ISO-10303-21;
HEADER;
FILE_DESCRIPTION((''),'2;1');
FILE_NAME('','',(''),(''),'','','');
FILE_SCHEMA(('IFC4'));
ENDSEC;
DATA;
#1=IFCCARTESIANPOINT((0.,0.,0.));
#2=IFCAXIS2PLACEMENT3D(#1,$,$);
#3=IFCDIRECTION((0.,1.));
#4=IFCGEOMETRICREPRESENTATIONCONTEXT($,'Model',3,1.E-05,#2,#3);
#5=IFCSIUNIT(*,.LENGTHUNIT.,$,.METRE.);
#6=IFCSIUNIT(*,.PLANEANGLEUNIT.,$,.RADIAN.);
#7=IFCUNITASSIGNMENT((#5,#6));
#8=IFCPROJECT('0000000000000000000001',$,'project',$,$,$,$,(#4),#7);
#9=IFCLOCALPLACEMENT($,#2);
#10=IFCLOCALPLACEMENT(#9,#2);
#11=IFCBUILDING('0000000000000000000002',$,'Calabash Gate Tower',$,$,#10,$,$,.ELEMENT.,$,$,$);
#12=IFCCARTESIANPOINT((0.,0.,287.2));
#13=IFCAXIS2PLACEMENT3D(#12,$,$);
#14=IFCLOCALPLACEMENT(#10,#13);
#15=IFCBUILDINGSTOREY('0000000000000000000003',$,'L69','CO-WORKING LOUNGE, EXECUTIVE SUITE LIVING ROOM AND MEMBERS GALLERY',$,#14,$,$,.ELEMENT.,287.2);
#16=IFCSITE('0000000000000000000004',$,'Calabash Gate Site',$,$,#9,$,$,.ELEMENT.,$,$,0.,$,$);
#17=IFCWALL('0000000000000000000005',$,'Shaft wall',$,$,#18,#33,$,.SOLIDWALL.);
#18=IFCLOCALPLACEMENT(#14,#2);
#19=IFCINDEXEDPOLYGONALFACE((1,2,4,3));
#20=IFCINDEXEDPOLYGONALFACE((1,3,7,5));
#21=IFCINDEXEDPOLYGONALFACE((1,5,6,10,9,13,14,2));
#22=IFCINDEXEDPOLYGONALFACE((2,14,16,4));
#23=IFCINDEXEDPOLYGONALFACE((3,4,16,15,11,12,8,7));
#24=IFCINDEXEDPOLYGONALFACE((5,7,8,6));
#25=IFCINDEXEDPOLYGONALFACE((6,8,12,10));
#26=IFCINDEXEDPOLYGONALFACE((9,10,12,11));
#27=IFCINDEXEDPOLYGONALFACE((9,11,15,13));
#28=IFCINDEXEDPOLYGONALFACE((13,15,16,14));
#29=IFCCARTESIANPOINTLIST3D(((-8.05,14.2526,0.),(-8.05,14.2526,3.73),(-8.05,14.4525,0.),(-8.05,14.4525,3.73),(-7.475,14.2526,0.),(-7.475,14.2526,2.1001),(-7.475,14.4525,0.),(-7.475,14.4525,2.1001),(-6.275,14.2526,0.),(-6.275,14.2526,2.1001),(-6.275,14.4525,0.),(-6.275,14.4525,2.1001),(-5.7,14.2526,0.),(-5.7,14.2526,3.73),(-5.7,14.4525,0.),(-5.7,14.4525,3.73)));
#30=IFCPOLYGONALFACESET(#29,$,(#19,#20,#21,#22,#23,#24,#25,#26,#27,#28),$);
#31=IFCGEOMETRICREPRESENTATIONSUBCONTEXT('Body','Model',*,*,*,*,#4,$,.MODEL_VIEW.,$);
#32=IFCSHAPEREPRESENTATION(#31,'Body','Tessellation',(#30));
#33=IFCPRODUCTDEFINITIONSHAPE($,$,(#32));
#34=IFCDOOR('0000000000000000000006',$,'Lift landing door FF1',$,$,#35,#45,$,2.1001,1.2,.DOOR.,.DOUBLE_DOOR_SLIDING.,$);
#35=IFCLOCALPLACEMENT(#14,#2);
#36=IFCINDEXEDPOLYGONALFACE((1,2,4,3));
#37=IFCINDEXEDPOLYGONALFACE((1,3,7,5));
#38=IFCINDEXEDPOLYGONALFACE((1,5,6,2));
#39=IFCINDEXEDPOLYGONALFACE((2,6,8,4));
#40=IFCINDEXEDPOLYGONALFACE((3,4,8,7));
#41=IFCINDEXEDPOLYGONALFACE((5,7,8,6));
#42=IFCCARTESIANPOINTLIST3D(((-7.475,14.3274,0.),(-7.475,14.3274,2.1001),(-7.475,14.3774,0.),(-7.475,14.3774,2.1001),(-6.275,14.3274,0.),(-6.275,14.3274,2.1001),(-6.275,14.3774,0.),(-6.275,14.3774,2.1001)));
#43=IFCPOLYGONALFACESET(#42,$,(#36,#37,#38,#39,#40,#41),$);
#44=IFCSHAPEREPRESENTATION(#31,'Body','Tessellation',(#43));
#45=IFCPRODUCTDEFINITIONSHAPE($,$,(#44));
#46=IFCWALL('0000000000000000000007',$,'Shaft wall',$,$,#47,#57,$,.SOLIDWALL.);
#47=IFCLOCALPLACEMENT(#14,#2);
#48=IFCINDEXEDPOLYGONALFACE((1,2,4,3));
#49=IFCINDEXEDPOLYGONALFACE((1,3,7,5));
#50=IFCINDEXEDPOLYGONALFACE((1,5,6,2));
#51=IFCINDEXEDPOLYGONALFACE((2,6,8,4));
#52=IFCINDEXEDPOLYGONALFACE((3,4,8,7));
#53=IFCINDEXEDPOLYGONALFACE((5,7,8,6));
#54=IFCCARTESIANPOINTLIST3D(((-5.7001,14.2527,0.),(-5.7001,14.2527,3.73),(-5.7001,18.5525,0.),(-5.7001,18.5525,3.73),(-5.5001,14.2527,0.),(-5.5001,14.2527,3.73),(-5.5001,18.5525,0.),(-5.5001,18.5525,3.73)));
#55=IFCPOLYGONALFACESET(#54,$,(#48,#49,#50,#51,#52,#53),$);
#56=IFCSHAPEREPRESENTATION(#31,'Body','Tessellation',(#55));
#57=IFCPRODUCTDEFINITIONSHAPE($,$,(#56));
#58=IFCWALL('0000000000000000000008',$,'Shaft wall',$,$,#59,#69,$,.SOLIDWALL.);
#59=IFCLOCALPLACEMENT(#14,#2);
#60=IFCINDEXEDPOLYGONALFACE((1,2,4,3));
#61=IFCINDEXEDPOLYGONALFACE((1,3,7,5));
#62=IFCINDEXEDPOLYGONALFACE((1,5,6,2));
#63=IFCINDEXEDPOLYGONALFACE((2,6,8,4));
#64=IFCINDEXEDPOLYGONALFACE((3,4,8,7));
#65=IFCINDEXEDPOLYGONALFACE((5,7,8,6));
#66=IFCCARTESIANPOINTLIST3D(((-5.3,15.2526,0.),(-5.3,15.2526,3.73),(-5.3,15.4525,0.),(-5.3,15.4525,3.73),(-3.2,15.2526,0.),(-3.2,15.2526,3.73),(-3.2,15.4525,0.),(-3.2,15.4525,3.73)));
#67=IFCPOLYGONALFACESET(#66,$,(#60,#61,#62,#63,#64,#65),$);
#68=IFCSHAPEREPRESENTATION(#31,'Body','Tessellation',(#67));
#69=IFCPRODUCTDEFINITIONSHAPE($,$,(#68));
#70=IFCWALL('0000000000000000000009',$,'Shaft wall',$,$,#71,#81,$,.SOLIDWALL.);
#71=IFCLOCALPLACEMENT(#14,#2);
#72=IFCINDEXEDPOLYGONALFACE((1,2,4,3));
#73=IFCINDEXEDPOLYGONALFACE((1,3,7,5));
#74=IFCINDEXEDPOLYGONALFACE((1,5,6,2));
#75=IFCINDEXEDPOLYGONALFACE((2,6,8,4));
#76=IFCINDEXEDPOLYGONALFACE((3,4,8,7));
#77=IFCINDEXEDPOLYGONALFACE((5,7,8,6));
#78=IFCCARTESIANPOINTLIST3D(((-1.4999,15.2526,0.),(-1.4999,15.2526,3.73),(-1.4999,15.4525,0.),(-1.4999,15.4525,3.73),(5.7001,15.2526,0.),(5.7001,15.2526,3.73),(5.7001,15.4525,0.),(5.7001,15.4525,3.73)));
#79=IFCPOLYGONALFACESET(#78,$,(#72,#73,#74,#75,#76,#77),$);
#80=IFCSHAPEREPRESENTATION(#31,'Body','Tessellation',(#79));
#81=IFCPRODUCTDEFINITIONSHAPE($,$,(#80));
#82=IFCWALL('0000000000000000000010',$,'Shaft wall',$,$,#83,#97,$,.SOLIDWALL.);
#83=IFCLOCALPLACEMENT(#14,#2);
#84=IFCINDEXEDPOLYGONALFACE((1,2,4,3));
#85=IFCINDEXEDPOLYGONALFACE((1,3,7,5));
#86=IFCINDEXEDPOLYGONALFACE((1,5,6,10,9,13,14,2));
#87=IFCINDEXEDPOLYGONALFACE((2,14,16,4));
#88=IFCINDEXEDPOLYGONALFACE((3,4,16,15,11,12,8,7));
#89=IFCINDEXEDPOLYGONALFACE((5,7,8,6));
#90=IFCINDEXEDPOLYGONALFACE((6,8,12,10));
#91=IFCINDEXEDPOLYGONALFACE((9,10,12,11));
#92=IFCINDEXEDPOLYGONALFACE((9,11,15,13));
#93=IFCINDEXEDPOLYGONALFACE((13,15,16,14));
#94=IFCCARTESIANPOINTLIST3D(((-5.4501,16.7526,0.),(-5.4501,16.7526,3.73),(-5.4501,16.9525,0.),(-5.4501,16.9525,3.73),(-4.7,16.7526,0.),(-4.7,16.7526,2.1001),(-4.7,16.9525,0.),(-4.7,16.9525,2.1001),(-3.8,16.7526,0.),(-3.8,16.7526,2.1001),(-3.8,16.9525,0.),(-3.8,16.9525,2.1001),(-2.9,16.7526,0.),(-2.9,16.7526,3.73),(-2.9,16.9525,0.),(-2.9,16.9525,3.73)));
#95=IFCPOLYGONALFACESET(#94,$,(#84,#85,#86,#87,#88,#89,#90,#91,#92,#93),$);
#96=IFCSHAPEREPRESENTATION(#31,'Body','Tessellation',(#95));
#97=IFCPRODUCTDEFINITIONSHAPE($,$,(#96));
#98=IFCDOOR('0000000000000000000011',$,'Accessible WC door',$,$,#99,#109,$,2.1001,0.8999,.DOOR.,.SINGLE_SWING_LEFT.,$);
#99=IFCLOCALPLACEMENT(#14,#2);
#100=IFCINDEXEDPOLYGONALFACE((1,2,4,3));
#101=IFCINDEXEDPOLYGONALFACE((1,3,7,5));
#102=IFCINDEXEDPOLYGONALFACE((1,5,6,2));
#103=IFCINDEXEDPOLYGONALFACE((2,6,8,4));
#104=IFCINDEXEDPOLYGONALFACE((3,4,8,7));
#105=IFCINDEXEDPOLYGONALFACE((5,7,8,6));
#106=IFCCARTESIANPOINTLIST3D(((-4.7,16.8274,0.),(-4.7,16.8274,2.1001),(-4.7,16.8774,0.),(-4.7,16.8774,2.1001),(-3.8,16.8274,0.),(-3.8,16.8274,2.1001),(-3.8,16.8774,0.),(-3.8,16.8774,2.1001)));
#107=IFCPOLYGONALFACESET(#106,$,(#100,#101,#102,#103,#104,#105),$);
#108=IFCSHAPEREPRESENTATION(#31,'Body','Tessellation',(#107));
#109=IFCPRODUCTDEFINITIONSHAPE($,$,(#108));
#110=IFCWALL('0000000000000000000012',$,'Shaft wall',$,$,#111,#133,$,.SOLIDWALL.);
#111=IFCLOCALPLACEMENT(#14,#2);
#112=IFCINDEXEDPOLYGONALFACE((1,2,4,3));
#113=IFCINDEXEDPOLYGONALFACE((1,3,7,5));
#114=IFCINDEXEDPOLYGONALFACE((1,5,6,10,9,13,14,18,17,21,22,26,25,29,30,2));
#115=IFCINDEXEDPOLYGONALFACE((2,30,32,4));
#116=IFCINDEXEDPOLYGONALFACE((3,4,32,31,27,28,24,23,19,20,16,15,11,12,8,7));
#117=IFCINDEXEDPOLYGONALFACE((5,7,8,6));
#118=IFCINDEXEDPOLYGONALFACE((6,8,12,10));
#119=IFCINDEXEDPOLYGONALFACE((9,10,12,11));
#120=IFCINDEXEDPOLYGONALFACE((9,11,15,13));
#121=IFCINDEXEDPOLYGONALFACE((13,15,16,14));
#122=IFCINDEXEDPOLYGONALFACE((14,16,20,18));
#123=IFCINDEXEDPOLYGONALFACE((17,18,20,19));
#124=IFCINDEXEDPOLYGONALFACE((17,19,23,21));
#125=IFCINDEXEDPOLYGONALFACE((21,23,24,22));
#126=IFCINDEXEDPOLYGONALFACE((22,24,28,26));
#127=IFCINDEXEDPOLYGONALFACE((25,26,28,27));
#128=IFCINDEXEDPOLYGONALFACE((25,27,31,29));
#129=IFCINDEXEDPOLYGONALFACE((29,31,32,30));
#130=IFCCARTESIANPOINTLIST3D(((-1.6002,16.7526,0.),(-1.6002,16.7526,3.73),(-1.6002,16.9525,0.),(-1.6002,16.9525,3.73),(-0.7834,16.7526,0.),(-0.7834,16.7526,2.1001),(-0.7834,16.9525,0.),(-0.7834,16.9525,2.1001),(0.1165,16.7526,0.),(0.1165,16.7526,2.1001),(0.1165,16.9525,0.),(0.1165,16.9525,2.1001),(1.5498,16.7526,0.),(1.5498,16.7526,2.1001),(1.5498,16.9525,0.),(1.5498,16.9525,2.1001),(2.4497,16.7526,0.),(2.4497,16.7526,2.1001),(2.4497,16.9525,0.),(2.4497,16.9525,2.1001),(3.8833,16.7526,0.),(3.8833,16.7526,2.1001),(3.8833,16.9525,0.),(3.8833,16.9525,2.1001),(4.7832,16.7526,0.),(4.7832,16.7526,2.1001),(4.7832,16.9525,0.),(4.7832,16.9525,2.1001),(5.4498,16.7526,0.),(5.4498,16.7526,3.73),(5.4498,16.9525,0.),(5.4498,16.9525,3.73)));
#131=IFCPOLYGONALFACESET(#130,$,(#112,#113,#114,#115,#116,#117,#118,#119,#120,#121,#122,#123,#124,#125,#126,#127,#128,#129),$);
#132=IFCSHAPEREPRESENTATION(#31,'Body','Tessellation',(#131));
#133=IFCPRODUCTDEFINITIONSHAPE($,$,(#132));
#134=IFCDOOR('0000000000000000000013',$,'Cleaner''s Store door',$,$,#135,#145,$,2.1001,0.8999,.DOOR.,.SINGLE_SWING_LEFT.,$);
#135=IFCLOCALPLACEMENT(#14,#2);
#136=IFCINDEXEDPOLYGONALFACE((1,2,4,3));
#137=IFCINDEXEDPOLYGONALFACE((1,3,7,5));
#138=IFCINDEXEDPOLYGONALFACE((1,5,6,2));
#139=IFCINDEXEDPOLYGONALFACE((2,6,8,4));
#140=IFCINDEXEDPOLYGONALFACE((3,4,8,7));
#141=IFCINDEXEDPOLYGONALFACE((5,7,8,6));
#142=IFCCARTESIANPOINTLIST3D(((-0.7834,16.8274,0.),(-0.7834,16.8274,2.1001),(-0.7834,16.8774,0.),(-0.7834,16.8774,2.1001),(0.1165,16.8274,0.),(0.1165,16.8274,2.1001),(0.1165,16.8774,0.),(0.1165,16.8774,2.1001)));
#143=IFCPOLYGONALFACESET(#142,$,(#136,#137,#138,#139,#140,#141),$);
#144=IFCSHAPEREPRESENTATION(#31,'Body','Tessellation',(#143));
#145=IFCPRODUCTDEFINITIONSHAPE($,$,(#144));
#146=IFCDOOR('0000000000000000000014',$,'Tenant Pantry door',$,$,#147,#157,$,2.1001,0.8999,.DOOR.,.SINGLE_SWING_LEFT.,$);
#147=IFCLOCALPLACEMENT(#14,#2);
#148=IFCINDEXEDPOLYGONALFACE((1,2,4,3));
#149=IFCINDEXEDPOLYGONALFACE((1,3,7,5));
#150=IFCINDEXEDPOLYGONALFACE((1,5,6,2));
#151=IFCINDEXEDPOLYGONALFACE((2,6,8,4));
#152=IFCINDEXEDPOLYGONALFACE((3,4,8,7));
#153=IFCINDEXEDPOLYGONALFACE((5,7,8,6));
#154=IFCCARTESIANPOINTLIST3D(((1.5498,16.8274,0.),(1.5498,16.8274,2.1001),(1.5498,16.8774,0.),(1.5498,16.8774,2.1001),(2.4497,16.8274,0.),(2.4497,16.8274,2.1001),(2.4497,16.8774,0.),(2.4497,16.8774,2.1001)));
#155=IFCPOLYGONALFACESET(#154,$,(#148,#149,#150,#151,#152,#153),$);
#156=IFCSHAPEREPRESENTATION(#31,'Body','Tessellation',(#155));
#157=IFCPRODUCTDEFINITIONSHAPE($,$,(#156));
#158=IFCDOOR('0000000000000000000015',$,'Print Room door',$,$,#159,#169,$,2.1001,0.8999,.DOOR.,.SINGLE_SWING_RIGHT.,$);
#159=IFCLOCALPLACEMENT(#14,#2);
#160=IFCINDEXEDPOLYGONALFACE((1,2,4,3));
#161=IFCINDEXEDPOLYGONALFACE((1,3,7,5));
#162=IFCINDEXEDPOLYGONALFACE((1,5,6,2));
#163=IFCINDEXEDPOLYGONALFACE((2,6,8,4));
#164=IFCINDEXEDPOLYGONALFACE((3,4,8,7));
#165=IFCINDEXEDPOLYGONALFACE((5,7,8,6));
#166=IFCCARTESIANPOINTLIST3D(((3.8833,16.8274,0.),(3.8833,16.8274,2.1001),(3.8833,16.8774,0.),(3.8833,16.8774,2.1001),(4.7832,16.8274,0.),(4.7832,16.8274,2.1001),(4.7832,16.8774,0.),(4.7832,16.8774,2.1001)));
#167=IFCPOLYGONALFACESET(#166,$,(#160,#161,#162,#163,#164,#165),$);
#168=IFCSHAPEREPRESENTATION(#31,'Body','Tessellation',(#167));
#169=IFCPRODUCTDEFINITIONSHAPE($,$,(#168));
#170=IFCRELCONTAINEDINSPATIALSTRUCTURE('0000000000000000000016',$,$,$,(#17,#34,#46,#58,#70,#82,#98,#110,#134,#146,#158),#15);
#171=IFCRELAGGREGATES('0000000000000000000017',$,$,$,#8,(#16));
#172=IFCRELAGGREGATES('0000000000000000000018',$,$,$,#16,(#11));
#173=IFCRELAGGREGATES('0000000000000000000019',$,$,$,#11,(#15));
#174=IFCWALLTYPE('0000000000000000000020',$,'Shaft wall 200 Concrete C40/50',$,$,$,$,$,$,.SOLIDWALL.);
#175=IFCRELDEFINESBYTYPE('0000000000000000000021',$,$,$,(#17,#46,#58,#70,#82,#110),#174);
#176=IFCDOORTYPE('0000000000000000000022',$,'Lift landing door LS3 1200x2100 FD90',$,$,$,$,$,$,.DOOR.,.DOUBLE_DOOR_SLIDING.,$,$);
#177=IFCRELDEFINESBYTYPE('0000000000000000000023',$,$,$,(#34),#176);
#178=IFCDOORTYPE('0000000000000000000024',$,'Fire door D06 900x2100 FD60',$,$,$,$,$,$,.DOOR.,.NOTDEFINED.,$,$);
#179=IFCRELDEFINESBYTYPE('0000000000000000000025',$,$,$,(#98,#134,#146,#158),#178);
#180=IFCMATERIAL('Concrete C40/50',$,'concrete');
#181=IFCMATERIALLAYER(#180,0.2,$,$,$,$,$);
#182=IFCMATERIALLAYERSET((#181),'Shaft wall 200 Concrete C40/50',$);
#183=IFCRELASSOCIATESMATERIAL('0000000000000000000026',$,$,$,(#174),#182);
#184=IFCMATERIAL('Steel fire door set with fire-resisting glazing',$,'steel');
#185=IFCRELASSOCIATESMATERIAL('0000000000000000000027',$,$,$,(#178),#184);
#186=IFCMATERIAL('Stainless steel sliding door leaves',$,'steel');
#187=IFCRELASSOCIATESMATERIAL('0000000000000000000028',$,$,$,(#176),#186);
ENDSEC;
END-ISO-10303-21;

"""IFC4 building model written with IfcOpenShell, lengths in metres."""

from ifc_helpers import new_model, si_unit, direction, frame, frame_2d, origin, place, context, subcontext, project, spatial, rectangle, extrude, material, layer, layer_set, type_object, element, fill, save


model = new_model("IFC4")

# Units and contexts
model_context = context("Model", 3, precision=1e-05, world=origin(), true_north=direction((0.0, 1.0)))
body_context = subcontext(model_context, "Body", "Model", "MODEL_VIEW")
ifc_project = project(units=[si_unit("LENGTHUNIT", "METRE"), si_unit("PLANEANGLEUNIT", "RADIAN")], contexts=[model_context])

# Site, building, storey
site_placement = place(None, origin())
site = spatial("IfcSite", under=ifc_project, at=site_placement, Name="Calabash Gate Site", CompositionType="ELEMENT", RefElevation=0.0)
building_placement = place(site_placement, origin())
building = spatial("IfcBuilding", under=site, at=building_placement, Name="Calabash Gate Tower", CompositionType="ELEMENT")
storey_placement = place(building_placement, frame((0.0, 0.0, 287.2)))
storey = spatial("IfcBuildingStorey", under=building, at=storey_placement, Name="L69", Description="CO-WORKING LOUNGE, EXECUTIVE SUITE LIVING ROOM AND MEMBERS GALLERY", CompositionType="ELEMENT", Elevation=287.2)

# Shared definitions
ifc_material_1 = material(Name="Concrete C40/50", Category="concrete")
ifc_layer_1 = layer(ifc_material_1, 0.2)
ifc_layer_set_1 = layer_set([ifc_layer_1], Name="Shaft wall 200 Concrete C40/50")
wall_type_1 = type_object("IfcWallType", Name="Shaft wall 200 Concrete C40/50", PredefinedType="SOLIDWALL", material=ifc_layer_set_1)
ifc_material_2 = material(Name="Steel fire door set with fire-resisting glazing", Category="steel")
door_type_1 = type_object("IfcDoorType", Name="Fire door D06 900x2100 FD60", OperationType="NOTDEFINED", PredefinedType="DOOR", material=ifc_material_2)

# Wall, opening, door
wall_1_placement = place(storey_placement, frame((-8.05, 14.3525, 0.0), z_axis=(0.0, 0.0, 1.0), x_axis=(1.0, 0.0, 0.0)))
wall_1 = element("IfcWall", 1, at=wall_1_placement, inside=storey, type_object=wall_type_1, Name="Shaft wall", PredefinedType="SOLIDWALL", context=body_context, shape_type="SweptSolid", body=[
    extrude(rectangle(XDim=2.3501, YDim=0.2, at=frame_2d((1.175, 0.0))), origin(), (0.0, 0.0, 1.0), 3.73),
])
opening_1_placement = place(wall_1_placement, frame((0.575, 0.0, 0.0)))
opening_1 = element("IfcOpeningElement", 2, at=opening_1_placement, cuts=wall_1, PredefinedType="OPENING", context=body_context, shape_type="SweptSolid", body=[
    extrude(rectangle(XDim=1.2, YDim=2.1001, at=frame_2d((0.6001, 1.05))), frame((0.0, 0.1099, 0.0), z_axis=(0.0, -1.0, 0.0), x_axis=(1.0, 0.0, 0.0)), (0.0, 0.0, 1.0), 0.22),
])
ifc_material_3 = material(Name="Stainless steel sliding door leaves", Category="steel")
door_type_2 = type_object("IfcDoorType", Name="Lift landing door LS3 1200x2100 FD90", OperationType="DOUBLE_DOOR_SLIDING", PredefinedType="DOOR", material=ifc_material_3)
door_1_placement = place(opening_1_placement, origin())
door_1 = element("IfcDoor", 3, at=door_1_placement, inside=storey, type_object=door_type_2, Name="Lift landing door FF1", OperationType="DOUBLE_DOOR_SLIDING", OverallHeight=2.1001, OverallWidth=1.2, PredefinedType="DOOR", context=body_context, shape_type="SweptSolid", body=[
    extrude(rectangle(XDim=1.2, YDim=2.1001, at=frame_2d((0.6001, 1.05))), frame((0.0, 0.0249, 0.0), z_axis=(0.0, -1.0, 0.0), x_axis=(1.0, 0.0, 0.0)), (0.0, 0.0, 1.0), 0.05),
])
fill(opening_1, door_1)

# Walls
wall_2_placement = place(storey_placement, frame((-5.6001, 14.2527, 0.0), z_axis=(0.0, 0.0, 1.0), x_axis=(0.0, 1.0, 0.0)))
element("IfcWall", 4, at=wall_2_placement, inside=storey, type_object=wall_type_1, Name="Shaft wall", PredefinedType="SOLIDWALL", context=body_context, shape_type="SweptSolid", body=[
    extrude(rectangle(XDim=4.2998, YDim=0.2, at=frame_2d((2.1499, 0.0))), origin(), (0.0, 0.0, 1.0), 3.73),
])
wall_3_placement = place(storey_placement, frame((-5.3, 15.3525, 0.0), z_axis=(0.0, 0.0, 1.0), x_axis=(1.0, 0.0, 0.0)))
element("IfcWall", 5, at=wall_3_placement, inside=storey, type_object=wall_type_1, Name="Shaft wall", PredefinedType="SOLIDWALL", context=body_context, shape_type="SweptSolid", body=[
    extrude(rectangle(XDim=2.1001, YDim=0.2, at=frame_2d((1.05, 0.0))), origin(), (0.0, 0.0, 1.0), 3.73),
])
wall_4_placement = place(storey_placement, frame((-1.5, 15.3525, 0.0), z_axis=(0.0, 0.0, 1.0), x_axis=(1.0, 0.0, 0.0)))
element("IfcWall", 6, at=wall_4_placement, inside=storey, type_object=wall_type_1, Name="Shaft wall", PredefinedType="SOLIDWALL", context=body_context, shape_type="SweptSolid", body=[
    extrude(rectangle(XDim=7.2, YDim=0.2, at=frame_2d((3.6001, 0.0))), origin(), (0.0, 0.0, 1.0), 3.73),
])

# Wall, opening, door
wall_5_placement = place(storey_placement, frame((-5.45, 16.8525, 0.0), z_axis=(0.0, 0.0, 1.0), x_axis=(1.0, 0.0, 0.0)))
wall_5 = element("IfcWall", 7, at=wall_5_placement, inside=storey, type_object=wall_type_1, Name="Shaft wall", PredefinedType="SOLIDWALL", context=body_context, shape_type="SweptSolid", body=[
    extrude(rectangle(XDim=2.55, YDim=0.2, at=frame_2d((1.2749, 0.0))), origin(), (0.0, 0.0, 1.0), 3.73),
])
opening_2_placement = place(wall_5_placement, frame((0.75, 0.0, 0.0)))
opening_2 = element("IfcOpeningElement", 8, at=opening_2_placement, cuts=wall_5, PredefinedType="OPENING", context=body_context, shape_type="SweptSolid", body=[
    extrude(rectangle(XDim=0.8999, YDim=2.1001, at=frame_2d((0.45, 1.05))), frame((0.0, 0.1099, 0.0), z_axis=(0.0, -1.0, 0.0), x_axis=(1.0, 0.0, 0.0)), (0.0, 0.0, 1.0), 0.22),
])
door_2_placement = place(opening_2_placement, origin())
door_2 = element("IfcDoor", 9, at=door_2_placement, inside=storey, type_object=door_type_1, Name="Accessible WC door", OperationType="SINGLE_SWING_LEFT", OverallHeight=2.1001, OverallWidth=0.8999, PredefinedType="DOOR", context=body_context, shape_type="SweptSolid", body=[
    extrude(rectangle(XDim=0.8999, YDim=2.1001, at=frame_2d((0.45, 1.05))), frame((0.0, 0.0249, 0.0), z_axis=(0.0, -1.0, 0.0), x_axis=(1.0, 0.0, 0.0)), (0.0, 0.0, 1.0), 0.05),
])
fill(opening_2, door_2)

# Wall, openings, doors
wall_6_placement = place(storey_placement, frame((-1.6001, 16.8525, 0.0), z_axis=(0.0, 0.0, 1.0), x_axis=(1.0, 0.0, 0.0)))
wall_6 = element("IfcWall", 10, at=wall_6_placement, inside=storey, type_object=wall_type_1, Name="Shaft wall", PredefinedType="SOLIDWALL", context=body_context, shape_type="SweptSolid", body=[
    extrude(rectangle(XDim=7.05, YDim=0.2, at=frame_2d((3.5249, 0.0))), origin(), (0.0, 0.0, 1.0), 3.73),
])
opening_3_placement = place(wall_6_placement, frame((0.8167, 0.0, 0.0)))
opening_3 = element("IfcOpeningElement", 11, at=opening_3_placement, cuts=wall_6, PredefinedType="OPENING", context=body_context, shape_type="SweptSolid", body=[
    extrude(rectangle(XDim=0.8999, YDim=2.1001, at=frame_2d((0.45, 1.05))), frame((0.0, 0.1099, 0.0), z_axis=(0.0, -1.0, 0.0), x_axis=(1.0, 0.0, 0.0)), (0.0, 0.0, 1.0), 0.22),
])
opening_4_placement = place(wall_6_placement, frame((3.1499, 0.0, 0.0)))
opening_4 = element("IfcOpeningElement", 12, at=opening_4_placement, cuts=wall_6, PredefinedType="OPENING", context=body_context, shape_type="SweptSolid", body=[
    extrude(rectangle(XDim=0.8999, YDim=2.1001, at=frame_2d((0.45, 1.05))), frame((0.0, 0.1099, 0.0), z_axis=(0.0, -1.0, 0.0), x_axis=(1.0, 0.0, 0.0)), (0.0, 0.0, 1.0), 0.22),
])
opening_5_placement = place(wall_6_placement, frame((5.4834, 0.0, 0.0)))
opening_5 = element("IfcOpeningElement", 13, at=opening_5_placement, cuts=wall_6, PredefinedType="OPENING", context=body_context, shape_type="SweptSolid", body=[
    extrude(rectangle(XDim=0.8999, YDim=2.1001, at=frame_2d((0.45, 1.05))), frame((0.0, 0.1099, 0.0), z_axis=(0.0, -1.0, 0.0), x_axis=(1.0, 0.0, 0.0)), (0.0, 0.0, 1.0), 0.22),
])
door_3_placement = place(opening_3_placement, origin())
door_3 = element("IfcDoor", 14, at=door_3_placement, inside=storey, type_object=door_type_1, Name="Cleaner's Store door", OperationType="SINGLE_SWING_LEFT", OverallHeight=2.1001, OverallWidth=0.8999, PredefinedType="DOOR", context=body_context, shape_type="SweptSolid", body=[
    extrude(rectangle(XDim=0.8999, YDim=2.1001, at=frame_2d((0.45, 1.05))), frame((0.0, 0.0249, 0.0), z_axis=(0.0, -1.0, 0.0), x_axis=(1.0, 0.0, 0.0)), (0.0, 0.0, 1.0), 0.05),
])
fill(opening_3, door_3)
door_4_placement = place(opening_4_placement, origin())
door_4 = element("IfcDoor", 15, at=door_4_placement, inside=storey, type_object=door_type_1, Name="Tenant Pantry door", OperationType="SINGLE_SWING_LEFT", OverallHeight=2.1001, OverallWidth=0.8999, PredefinedType="DOOR", context=body_context, shape_type="SweptSolid", body=[
    extrude(rectangle(XDim=0.8999, YDim=2.1001, at=frame_2d((0.45, 1.05))), frame((0.0, 0.0249, 0.0), z_axis=(0.0, -1.0, 0.0), x_axis=(1.0, 0.0, 0.0)), (0.0, 0.0, 1.0), 0.05),
])
fill(opening_4, door_4)
door_5_placement = place(opening_5_placement, origin())
door_5 = element("IfcDoor", 16, at=door_5_placement, inside=storey, type_object=door_type_1, Name="Print Room door", OperationType="SINGLE_SWING_RIGHT", OverallHeight=2.1001, OverallWidth=0.8999, PredefinedType="DOOR", context=body_context, shape_type="SweptSolid", body=[
    extrude(rectangle(XDim=0.8999, YDim=2.1001, at=frame_2d((0.45, 1.05))), frame((0.0, 0.0249, 0.0), z_axis=(0.0, -1.0, 0.0), x_axis=(1.0, 0.0, 0.0)), (0.0, 0.0, 1.0), 0.05),
])
fill(opening_5, door_5)

save(model, "model.ifc")
